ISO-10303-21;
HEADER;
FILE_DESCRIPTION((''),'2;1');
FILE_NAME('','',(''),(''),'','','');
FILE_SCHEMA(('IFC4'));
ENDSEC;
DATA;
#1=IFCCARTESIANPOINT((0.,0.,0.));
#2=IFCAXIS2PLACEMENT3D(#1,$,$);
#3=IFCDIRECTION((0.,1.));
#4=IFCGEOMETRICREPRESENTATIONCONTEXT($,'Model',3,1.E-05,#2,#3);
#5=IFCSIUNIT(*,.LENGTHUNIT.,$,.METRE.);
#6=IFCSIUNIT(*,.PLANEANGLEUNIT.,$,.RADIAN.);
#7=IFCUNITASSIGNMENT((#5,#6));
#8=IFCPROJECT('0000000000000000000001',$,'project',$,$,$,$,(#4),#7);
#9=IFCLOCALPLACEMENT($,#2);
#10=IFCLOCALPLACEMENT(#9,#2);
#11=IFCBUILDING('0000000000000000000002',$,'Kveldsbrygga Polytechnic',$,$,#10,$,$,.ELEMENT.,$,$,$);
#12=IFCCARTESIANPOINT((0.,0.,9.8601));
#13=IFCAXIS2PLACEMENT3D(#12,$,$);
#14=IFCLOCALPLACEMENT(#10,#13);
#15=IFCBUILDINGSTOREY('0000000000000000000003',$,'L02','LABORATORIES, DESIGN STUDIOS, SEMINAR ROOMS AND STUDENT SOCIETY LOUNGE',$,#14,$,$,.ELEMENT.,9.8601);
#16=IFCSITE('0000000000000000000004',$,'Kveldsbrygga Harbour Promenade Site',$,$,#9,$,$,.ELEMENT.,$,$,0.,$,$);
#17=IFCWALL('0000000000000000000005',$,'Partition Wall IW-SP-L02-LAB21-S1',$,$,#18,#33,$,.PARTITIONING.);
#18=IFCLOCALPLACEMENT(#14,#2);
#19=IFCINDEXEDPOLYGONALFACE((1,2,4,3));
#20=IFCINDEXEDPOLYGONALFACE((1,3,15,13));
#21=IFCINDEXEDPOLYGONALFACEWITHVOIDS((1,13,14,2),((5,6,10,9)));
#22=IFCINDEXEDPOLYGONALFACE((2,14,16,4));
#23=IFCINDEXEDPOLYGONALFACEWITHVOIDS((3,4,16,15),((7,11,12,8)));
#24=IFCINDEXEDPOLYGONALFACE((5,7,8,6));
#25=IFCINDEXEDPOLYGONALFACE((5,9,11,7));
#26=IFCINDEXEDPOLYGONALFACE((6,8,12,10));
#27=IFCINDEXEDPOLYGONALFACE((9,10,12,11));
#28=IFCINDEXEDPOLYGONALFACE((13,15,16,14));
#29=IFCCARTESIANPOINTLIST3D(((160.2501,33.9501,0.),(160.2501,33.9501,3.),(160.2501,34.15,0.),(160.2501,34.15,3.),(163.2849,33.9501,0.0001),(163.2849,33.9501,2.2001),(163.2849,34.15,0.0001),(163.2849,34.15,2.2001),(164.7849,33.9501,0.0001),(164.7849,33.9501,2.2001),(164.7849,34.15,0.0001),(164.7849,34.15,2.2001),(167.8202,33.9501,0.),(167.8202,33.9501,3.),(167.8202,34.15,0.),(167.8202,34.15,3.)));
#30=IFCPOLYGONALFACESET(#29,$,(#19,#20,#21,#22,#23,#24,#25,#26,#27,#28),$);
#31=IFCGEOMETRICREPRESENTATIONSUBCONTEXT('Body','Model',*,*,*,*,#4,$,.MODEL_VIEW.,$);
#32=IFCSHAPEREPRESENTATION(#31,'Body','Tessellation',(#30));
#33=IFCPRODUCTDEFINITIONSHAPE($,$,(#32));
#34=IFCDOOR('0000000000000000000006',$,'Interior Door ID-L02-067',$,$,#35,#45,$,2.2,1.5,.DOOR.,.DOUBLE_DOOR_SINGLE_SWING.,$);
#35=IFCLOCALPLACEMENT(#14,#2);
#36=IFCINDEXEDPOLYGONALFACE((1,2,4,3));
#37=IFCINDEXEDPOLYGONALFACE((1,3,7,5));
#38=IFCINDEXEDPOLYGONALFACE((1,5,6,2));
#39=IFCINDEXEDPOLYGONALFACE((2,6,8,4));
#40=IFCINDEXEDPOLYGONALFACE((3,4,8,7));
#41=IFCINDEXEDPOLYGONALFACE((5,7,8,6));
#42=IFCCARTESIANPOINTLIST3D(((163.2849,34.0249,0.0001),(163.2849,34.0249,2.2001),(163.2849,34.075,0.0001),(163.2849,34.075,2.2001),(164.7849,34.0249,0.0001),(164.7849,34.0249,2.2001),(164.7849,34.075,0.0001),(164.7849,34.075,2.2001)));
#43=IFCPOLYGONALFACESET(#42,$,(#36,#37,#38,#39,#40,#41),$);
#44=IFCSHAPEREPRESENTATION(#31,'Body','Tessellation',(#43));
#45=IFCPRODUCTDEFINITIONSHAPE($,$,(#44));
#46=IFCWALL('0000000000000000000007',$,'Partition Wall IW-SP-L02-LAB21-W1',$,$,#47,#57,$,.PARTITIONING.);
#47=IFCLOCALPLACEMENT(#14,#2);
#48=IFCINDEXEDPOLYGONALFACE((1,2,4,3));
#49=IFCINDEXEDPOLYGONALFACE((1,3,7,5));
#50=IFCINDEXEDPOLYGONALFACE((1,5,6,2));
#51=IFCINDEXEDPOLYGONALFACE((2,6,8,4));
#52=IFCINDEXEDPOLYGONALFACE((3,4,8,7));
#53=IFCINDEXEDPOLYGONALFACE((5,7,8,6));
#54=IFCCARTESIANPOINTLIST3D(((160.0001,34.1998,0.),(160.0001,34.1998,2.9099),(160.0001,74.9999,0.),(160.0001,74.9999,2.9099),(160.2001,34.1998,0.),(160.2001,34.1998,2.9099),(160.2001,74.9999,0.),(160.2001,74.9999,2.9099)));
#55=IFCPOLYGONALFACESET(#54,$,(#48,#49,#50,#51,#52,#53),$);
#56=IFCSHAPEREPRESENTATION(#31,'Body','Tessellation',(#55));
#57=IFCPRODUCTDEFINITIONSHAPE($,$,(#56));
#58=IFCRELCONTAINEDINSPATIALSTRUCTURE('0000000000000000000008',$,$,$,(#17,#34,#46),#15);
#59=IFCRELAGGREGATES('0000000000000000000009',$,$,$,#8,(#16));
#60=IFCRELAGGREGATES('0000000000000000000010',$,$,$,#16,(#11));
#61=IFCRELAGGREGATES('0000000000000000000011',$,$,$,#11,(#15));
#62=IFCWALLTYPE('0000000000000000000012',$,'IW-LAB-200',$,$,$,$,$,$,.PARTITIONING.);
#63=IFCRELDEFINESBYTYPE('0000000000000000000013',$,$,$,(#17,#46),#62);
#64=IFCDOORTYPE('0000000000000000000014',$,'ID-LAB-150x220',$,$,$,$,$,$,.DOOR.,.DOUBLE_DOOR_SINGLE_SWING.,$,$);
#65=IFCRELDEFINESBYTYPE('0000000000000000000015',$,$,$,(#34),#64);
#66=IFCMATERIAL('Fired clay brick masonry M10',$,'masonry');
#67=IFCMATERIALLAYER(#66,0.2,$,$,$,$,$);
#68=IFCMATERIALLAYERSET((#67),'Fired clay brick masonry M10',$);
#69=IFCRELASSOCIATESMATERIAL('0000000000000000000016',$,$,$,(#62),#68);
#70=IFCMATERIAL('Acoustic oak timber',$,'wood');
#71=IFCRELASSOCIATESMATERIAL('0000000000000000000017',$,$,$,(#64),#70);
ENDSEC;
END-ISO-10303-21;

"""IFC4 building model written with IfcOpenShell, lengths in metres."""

from ifc_helpers import new_model, si_unit, direction, frame, frame_2d, origin, place, context, subcontext, project, spatial, rectangle, extrude, material, layer, layer_set, type_object, element, fill, save


model = new_model("IFC4")

# Units and contexts
model_context = context("Model", 3, precision=1e-05, world=origin(), true_north=direction((0.0, 1.0)))
body_context = subcontext(model_context, "Body", "Model", "MODEL_VIEW")
ifc_project = project(units=[si_unit("LENGTHUNIT", "METRE"), si_unit("PLANEANGLEUNIT", "RADIAN")], contexts=[model_context])

# Site, building, storey
site_placement = place(None, origin())
site = spatial("IfcSite", under=ifc_project, at=site_placement, Name="Kveldsbrygga Harbour Promenade Site", CompositionType="ELEMENT", RefElevation=0.0)
building_placement = place(site_placement, origin())
building = spatial("IfcBuilding", under=site, at=building_placement, Name="Kveldsbrygga Polytechnic", CompositionType="ELEMENT")
storey_placement = place(building_placement, frame((0.0, 0.0, 9.8601)))
storey = spatial("IfcBuildingStorey", under=building, at=storey_placement, Name="L02", Description="LABORATORIES, DESIGN STUDIOS, SEMINAR ROOMS AND STUDENT SOCIETY LOUNGE", CompositionType="ELEMENT", Elevation=9.8601)

# Shared definitions
ifc_material_1 = material(Name="Fired clay brick masonry M10", Category="masonry")

# Wall, opening, door
ifc_layer_1 = layer(ifc_material_1, 0.2)
ifc_layer_set_1 = layer_set([ifc_layer_1], Name="Fired clay brick masonry M10")
wall_type_1 = type_object("IfcWallType", Name="IW-LAB-200", PredefinedType="PARTITIONING", material=ifc_layer_set_1)
wall_1_placement = place(storey_placement, frame((160.25, 34.05, 0.0), z_axis=(0.0, 0.0, 1.0), x_axis=(1.0, 0.0, 0.0)))
wall_1 = element("IfcWall", 1, at=wall_1_placement, inside=storey, type_object=wall_type_1, Name="Partition Wall IW-SP-L02-LAB21-S1", PredefinedType="PARTITIONING", context=body_context, shape_type="SweptSolid", body=[
    extrude(rectangle(XDim=7.5701, YDim=0.2, at=frame_2d((3.7852, 0.0))), origin(), (0.0, 0.0, 1.0), 3.0),
])
opening_1_placement = place(wall_1_placement, frame((3.0349, 0.0, 0.0)))
opening_1 = element("IfcOpeningElement", 2, at=opening_1_placement, cuts=wall_1, PredefinedType="OPENING", context=body_context, shape_type="SweptSolid", body=[
    extrude(rectangle(XDim=1.5, YDim=2.2, at=frame_2d((0.75, 1.1001))), frame((0.0, 0.1099, 0.0), z_axis=(0.0, -1.0, 0.0), x_axis=(1.0, 0.0, 0.0)), (0.0, 0.0, 1.0), 0.22),
])
ifc_material_2 = material(Name="Acoustic oak timber", Category="wood")
door_type = type_object("IfcDoorType", Name="ID-LAB-150x220", OperationType="DOUBLE_DOOR_SINGLE_SWING", PredefinedType="DOOR", material=ifc_material_2)
door_placement = place(opening_1_placement, origin())
door = element("IfcDoor", 3, at=door_placement, inside=storey, type_object=door_type, Name="Interior Door ID-L02-067", OperationType="DOUBLE_DOOR_SINGLE_SWING", OverallHeight=2.2, OverallWidth=1.5, PredefinedType="DOOR", context=body_context, shape_type="SweptSolid", body=[
    extrude(rectangle(XDim=1.5, YDim=2.2, at=frame_2d((0.75, 1.1001))), frame((0.0, 0.0249, 0.0), z_axis=(0.0, -1.0, 0.0), x_axis=(1.0, 0.0, 0.0)), (0.0, 0.0, 1.0), 0.05),
])
fill(opening_1, door)

# Wall
wall_2_placement = place(storey_placement, frame((160.1001, 34.2, 0.0), z_axis=(0.0, 0.0, 1.0), x_axis=(0.0, 1.0, 0.0)))
element("IfcWall", 4, at=wall_2_placement, inside=storey, type_object=wall_type_1, Name="Partition Wall IW-SP-L02-LAB21-W1", PredefinedType="PARTITIONING", context=body_context, shape_type="SweptSolid", body=[
    extrude(rectangle(XDim=40.8, YDim=0.2, at=frame_2d((20.3999, 0.0))), origin(), (0.0, 0.0, 1.0), 2.9099),
])

save(model, "model.ifc")
